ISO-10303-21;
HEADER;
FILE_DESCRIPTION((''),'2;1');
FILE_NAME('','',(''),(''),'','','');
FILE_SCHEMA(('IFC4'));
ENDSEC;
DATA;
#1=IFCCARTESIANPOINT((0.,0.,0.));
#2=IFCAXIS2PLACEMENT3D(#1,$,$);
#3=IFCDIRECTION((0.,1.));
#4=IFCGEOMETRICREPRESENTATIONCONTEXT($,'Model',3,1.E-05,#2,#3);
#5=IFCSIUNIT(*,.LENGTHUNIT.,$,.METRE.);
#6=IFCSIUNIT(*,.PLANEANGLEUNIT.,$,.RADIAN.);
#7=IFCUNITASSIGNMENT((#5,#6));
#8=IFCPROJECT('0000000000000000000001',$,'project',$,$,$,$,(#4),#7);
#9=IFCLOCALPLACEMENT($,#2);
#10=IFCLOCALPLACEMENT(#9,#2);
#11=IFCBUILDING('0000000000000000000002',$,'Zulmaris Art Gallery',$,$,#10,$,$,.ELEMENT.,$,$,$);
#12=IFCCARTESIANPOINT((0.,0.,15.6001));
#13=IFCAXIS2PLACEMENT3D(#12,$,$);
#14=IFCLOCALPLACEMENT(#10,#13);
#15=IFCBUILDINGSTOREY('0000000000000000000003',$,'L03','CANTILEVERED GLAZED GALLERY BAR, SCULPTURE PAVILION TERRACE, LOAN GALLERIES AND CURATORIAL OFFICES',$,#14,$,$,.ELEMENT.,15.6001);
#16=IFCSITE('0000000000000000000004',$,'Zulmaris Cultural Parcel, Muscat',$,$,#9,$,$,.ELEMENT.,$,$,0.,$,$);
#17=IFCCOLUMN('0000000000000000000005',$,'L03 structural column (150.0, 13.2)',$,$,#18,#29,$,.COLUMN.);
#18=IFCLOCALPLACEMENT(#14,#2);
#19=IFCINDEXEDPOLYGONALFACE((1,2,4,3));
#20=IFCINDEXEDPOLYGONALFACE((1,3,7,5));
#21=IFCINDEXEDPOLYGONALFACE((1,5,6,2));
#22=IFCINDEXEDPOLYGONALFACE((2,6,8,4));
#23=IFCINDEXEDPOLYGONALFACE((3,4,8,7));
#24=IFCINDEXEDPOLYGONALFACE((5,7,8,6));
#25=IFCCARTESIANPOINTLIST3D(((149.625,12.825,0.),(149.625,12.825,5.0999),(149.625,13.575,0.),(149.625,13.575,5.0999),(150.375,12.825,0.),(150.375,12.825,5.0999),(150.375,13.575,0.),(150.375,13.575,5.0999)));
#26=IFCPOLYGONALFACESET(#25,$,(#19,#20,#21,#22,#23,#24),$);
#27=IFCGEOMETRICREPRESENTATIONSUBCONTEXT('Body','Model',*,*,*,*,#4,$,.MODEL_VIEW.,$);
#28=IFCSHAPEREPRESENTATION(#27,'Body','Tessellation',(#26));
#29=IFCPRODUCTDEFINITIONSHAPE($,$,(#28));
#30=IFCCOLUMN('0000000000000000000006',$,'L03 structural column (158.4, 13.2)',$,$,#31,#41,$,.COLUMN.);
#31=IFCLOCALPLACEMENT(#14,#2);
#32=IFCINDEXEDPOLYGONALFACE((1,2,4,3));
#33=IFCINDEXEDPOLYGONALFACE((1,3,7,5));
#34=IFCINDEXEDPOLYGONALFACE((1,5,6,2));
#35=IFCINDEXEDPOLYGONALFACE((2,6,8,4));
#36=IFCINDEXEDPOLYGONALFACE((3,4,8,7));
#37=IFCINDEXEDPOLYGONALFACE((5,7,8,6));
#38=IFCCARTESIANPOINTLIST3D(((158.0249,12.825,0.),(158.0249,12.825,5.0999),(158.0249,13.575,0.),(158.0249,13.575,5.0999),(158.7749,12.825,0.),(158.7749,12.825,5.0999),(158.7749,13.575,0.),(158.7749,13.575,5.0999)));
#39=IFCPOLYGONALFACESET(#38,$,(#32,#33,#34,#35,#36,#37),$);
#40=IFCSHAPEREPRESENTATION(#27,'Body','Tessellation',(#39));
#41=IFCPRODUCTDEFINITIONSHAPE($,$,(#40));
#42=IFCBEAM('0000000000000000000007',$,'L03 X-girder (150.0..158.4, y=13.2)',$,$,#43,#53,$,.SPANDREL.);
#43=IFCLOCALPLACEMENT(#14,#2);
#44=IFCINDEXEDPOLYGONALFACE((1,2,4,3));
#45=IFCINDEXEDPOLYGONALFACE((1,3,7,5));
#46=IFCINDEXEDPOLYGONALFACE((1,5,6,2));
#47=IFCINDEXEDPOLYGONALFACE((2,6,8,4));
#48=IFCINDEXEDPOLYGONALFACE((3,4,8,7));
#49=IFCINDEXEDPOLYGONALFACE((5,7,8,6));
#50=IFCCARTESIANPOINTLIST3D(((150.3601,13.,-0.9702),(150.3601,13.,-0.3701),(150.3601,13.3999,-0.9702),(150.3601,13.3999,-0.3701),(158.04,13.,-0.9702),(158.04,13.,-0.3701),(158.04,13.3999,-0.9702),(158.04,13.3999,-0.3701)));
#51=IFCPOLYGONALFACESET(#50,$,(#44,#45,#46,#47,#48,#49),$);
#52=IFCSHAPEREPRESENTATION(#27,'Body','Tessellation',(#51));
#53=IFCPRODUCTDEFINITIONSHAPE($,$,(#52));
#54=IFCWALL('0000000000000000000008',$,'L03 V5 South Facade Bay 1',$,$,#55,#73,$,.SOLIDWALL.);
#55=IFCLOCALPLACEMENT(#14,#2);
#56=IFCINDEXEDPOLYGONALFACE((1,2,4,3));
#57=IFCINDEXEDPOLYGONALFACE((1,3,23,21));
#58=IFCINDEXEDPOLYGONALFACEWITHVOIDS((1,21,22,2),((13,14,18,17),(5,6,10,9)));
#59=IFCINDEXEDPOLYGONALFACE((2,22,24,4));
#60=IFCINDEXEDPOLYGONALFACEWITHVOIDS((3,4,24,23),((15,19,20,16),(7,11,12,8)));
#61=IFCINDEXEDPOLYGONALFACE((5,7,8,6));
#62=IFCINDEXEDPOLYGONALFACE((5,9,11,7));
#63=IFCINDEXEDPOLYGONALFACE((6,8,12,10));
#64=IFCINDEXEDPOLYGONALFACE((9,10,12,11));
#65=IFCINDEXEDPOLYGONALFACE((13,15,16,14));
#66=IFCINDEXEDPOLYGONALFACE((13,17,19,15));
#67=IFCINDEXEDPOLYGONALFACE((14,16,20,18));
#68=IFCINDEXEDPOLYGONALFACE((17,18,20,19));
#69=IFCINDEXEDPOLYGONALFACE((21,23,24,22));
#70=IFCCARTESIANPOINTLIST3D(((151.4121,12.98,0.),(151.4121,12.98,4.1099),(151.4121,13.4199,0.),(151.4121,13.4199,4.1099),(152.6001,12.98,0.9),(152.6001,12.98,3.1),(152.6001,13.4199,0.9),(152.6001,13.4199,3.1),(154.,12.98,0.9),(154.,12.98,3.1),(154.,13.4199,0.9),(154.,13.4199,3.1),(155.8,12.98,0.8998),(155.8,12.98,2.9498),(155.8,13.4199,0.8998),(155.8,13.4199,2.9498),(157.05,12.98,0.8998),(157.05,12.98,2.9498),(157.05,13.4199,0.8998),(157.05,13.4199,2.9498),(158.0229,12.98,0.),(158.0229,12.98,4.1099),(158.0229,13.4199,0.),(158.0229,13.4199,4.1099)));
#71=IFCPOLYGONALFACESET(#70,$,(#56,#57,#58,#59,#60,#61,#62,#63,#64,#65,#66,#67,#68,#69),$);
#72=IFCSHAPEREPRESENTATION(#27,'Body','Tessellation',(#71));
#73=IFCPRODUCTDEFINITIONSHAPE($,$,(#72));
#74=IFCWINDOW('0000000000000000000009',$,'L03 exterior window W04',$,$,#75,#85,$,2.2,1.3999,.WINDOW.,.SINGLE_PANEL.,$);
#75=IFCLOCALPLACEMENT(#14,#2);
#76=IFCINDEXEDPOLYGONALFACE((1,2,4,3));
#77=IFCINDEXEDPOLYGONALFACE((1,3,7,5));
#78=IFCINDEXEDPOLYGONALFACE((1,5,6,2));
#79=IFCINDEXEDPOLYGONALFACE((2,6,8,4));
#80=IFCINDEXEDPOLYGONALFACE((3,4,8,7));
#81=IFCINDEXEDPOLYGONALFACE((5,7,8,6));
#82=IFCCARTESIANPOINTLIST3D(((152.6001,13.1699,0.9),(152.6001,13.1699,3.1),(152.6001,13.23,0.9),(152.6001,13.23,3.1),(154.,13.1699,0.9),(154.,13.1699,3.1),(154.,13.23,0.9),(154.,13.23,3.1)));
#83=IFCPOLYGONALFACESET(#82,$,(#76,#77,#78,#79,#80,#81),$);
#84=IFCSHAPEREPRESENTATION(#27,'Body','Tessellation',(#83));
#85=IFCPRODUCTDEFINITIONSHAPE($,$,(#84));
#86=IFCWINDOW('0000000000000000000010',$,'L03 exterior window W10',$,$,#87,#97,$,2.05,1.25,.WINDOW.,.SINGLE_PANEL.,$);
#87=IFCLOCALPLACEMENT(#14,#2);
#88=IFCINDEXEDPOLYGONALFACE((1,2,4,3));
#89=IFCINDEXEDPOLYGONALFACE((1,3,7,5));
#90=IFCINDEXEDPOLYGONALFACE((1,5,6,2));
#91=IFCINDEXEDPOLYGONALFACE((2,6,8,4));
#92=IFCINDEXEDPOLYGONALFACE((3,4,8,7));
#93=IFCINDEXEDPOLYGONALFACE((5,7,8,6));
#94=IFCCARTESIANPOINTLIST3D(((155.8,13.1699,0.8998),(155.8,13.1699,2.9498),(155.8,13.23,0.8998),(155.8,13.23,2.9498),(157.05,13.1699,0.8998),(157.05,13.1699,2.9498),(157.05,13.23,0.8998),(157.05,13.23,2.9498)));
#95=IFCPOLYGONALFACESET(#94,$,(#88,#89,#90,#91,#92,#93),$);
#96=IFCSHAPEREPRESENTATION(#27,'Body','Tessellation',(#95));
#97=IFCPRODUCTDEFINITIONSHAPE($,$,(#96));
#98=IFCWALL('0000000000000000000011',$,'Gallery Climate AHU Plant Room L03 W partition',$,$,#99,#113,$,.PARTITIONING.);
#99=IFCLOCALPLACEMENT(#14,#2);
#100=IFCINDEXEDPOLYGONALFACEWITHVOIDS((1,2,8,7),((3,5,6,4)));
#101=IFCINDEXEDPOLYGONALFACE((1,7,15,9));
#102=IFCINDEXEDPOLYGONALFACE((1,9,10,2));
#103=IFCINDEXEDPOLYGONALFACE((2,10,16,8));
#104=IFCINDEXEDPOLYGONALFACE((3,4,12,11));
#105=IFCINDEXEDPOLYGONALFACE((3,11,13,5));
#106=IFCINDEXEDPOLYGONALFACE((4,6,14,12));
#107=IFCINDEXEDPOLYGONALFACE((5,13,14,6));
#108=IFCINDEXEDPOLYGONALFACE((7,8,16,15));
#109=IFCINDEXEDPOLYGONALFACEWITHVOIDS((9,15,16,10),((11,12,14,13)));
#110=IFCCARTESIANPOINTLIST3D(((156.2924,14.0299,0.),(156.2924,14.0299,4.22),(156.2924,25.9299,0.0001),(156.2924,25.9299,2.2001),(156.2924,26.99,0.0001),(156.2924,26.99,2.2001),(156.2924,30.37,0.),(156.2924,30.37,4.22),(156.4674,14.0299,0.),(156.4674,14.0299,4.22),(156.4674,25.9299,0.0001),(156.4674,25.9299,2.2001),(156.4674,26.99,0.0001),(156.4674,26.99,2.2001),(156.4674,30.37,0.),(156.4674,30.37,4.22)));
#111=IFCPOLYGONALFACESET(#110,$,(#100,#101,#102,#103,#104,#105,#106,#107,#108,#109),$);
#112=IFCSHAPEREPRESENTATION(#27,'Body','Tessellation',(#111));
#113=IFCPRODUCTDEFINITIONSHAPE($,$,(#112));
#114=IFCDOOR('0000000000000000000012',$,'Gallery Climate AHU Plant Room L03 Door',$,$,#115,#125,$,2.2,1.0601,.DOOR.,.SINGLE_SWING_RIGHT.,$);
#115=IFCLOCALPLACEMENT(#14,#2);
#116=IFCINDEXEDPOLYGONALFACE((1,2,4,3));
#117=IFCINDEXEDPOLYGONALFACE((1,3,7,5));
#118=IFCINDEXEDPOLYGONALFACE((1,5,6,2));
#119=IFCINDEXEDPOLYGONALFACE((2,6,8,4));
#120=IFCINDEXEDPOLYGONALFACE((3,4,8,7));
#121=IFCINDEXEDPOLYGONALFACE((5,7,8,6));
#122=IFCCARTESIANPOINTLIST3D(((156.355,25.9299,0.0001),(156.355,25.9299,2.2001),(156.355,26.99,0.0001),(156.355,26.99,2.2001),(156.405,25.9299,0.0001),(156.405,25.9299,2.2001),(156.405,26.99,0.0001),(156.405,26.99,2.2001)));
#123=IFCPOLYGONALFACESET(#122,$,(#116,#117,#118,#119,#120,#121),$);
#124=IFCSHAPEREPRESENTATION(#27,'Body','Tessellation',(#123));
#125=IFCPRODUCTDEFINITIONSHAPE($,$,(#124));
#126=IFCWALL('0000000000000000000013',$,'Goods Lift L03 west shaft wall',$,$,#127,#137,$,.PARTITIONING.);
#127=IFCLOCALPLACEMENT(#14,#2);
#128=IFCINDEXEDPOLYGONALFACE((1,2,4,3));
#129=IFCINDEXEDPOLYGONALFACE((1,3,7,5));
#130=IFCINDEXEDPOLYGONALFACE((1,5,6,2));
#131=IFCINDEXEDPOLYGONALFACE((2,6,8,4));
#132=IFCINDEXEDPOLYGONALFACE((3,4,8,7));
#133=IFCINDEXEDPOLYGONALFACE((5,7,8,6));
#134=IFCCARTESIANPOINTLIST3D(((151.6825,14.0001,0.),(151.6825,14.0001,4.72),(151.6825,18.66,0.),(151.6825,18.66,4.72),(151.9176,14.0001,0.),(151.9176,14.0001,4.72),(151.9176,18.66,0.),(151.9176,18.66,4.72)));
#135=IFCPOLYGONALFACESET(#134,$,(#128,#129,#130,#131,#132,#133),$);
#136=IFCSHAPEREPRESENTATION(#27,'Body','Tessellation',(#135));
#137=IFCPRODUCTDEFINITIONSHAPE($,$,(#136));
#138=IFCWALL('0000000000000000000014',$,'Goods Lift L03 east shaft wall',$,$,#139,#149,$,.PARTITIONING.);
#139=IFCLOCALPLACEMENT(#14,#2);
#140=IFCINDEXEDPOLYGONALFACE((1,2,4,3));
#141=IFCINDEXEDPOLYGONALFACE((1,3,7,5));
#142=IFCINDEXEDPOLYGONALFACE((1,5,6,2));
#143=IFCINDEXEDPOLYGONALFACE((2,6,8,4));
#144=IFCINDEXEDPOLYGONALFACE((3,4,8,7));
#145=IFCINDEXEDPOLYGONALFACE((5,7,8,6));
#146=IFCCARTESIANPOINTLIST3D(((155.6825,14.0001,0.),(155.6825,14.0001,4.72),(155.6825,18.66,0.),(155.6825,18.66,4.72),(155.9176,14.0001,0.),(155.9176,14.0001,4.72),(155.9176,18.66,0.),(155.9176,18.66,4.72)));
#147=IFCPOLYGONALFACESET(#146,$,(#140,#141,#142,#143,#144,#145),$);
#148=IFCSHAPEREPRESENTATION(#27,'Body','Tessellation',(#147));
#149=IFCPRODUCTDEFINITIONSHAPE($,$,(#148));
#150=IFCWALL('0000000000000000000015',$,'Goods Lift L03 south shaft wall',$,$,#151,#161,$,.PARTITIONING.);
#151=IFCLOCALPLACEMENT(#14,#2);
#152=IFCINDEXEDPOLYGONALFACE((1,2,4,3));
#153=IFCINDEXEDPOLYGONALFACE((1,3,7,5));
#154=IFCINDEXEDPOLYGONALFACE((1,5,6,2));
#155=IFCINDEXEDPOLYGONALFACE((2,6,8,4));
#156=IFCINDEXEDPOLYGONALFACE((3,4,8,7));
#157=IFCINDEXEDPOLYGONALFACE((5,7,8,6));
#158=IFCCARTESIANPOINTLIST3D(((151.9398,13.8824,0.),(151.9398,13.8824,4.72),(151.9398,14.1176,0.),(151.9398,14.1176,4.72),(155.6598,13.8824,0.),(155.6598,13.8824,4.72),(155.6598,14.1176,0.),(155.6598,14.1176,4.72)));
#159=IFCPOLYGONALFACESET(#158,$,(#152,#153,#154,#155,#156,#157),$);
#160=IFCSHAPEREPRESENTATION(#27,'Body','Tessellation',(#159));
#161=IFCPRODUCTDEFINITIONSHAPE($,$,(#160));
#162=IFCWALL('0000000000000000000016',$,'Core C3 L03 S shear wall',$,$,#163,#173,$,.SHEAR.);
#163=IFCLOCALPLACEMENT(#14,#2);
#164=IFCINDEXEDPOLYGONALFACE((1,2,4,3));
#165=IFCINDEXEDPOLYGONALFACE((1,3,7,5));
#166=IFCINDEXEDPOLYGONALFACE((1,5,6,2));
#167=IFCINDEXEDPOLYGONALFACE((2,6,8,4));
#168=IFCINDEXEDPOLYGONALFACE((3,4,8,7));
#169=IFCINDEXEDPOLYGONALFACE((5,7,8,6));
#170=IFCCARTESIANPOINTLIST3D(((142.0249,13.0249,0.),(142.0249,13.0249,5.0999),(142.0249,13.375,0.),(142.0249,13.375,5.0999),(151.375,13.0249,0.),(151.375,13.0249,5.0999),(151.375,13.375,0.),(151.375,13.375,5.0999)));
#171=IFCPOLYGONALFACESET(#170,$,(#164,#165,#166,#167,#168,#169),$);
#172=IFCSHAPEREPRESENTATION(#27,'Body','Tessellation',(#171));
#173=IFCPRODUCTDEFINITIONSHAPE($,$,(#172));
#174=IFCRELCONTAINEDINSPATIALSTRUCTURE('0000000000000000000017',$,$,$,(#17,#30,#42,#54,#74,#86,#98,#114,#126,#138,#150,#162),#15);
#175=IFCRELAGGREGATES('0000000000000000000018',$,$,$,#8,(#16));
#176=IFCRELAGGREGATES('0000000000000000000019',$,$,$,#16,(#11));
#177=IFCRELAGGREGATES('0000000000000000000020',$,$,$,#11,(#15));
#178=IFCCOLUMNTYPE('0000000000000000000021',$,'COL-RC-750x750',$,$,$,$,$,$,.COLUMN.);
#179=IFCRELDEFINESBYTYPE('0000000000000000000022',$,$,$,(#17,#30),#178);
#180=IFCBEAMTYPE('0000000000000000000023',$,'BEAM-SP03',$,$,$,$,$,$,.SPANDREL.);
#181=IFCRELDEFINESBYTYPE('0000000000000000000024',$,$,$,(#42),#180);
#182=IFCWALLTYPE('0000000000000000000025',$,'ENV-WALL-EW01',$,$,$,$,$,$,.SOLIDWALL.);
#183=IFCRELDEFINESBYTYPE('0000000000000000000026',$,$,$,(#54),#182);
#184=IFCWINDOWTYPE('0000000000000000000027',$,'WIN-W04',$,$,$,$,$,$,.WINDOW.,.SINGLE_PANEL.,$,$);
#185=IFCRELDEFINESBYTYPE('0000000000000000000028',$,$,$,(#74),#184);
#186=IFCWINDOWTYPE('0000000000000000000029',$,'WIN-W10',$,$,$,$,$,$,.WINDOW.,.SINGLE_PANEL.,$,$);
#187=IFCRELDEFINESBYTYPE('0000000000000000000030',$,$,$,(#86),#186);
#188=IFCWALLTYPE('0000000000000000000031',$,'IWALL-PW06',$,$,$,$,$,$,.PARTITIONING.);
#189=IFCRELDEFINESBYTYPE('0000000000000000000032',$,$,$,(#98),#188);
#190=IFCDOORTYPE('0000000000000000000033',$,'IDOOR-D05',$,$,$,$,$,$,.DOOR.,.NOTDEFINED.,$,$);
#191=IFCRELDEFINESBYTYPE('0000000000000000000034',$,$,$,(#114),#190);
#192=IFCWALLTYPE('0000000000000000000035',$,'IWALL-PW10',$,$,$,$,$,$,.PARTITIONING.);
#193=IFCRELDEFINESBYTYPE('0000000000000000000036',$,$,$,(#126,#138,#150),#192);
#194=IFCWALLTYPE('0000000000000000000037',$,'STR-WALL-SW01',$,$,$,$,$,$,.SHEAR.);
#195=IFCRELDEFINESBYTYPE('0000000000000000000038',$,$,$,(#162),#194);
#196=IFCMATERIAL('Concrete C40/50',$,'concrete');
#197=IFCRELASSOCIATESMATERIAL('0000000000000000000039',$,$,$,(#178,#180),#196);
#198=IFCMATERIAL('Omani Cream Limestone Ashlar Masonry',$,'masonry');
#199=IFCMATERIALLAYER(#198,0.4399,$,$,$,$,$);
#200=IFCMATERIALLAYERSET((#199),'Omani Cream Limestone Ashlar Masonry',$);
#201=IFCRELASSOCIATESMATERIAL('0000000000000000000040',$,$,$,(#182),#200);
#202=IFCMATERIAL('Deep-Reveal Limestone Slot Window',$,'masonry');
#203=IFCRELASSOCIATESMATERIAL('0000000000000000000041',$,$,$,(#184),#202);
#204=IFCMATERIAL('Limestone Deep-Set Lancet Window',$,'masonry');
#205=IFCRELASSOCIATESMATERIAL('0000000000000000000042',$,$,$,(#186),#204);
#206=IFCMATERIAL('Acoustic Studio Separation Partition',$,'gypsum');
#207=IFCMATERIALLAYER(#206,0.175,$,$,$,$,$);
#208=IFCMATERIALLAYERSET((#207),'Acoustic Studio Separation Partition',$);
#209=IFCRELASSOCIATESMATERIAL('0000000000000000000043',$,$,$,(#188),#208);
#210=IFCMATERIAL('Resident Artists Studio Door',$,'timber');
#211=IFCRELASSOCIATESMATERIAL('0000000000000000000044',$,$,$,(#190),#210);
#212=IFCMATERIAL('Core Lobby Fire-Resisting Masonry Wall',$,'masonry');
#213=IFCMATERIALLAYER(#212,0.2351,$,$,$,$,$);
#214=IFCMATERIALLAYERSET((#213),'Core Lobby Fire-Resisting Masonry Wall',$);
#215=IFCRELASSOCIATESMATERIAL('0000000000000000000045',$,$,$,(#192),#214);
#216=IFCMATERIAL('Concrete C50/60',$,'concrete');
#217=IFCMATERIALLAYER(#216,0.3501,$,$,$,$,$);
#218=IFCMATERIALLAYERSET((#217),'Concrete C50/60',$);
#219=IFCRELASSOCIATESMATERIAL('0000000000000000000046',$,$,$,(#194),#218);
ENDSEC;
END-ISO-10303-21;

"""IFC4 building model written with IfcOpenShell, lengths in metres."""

from ifc_helpers import new_model, si_unit, direction, frame, frame_2d, origin, origin_2d, place, context, subcontext, project, spatial, rectangle, extrude, material, layer, layer_set, material_profile, profile_set, type_object, element, fill, save


model = new_model("IFC4")

# Units and contexts
model_context = context("Model", 3, precision=1e-05, world=origin(), true_north=direction((0.0, 1.0)))
body_context = subcontext(model_context, "Body", "Model", "MODEL_VIEW")
ifc_project = project(units=[si_unit("LENGTHUNIT", "METRE"), si_unit("PLANEANGLEUNIT", "RADIAN")], contexts=[model_context])

# Site, building, storey
site_placement = place(None, origin())
site = spatial("IfcSite", under=ifc_project, at=site_placement, Name="Zulmaris Cultural Parcel, Muscat", CompositionType="ELEMENT", RefElevation=0.0)
building_placement = place(site_placement, origin())
building = spatial("IfcBuilding", under=site, at=building_placement, Name="Zulmaris Art Gallery", CompositionType="ELEMENT")
storey_placement = place(building_placement, frame((0.0, 0.0, 15.6001)))
storey = spatial("IfcBuildingStorey", under=building, at=storey_placement, Name="L03", Description="CANTILEVERED GLAZED GALLERY BAR, SCULPTURE PAVILION TERRACE, LOAN GALLERIES AND CURATORIAL OFFICES", CompositionType="ELEMENT", Elevation=15.6001)

# Columns
ifc_material_1 = material(Name="Concrete C40/50", Category="concrete")
ifc_material_profile_1 = material_profile(ifc_material_1, rectangle(XDim=0.75, YDim=0.75, at=origin_2d()), Name="RC 750x750")
ifc_profile_set_1 = profile_set([ifc_material_profile_1], Name="Concrete C40/50")
column_type = type_object("IfcColumnType", Name="COL-RC-750x750", PredefinedType="COLUMN", material=ifc_profile_set_1)
for number, where, z_axis, x_axis, name in (
    (1, (150.0, 13.2, 0.0), (0.0, 0.0, 1.0), (1.0, 0.0, 0.0), "L03 structural column (150.0, 13.2)"),
    (2, (158.3999, 13.2, 0.0), (0.0, 0.0, 1.0), (1.0, 0.0, 0.0), "L03 structural column (158.4, 13.2)"),
):
    element("IfcColumn", number, at=place(storey_placement, frame(where, z_axis=z_axis, x_axis=x_axis)), inside=storey, type_object=column_type, Name=name, PredefinedType="COLUMN", context=body_context, shape_type="SweptSolid", body=[
        extrude(rectangle(XDim=0.75, YDim=0.75, at=origin_2d()), origin(), (0.0, 0.0, 1.0), 5.0999),
    ])

# Beam
ifc_material_profile_2 = material_profile(ifc_material_1, rectangle(XDim=0.3999, YDim=0.6001, at=origin_2d()), Name="RC 400x600")
ifc_profile_set_2 = profile_set([ifc_material_profile_2], Name="Concrete C40/50")
beam_type = type_object("IfcBeamType", Name="BEAM-SP03", PredefinedType="SPANDREL", material=ifc_profile_set_2)
beam_placement = place(storey_placement, frame((150.3601, 13.2, -0.6702), z_axis=(1.0, 0.0, 0.0), x_axis=(0.0, 1.0, 0.0)))
element("IfcBeam", 3, at=beam_placement, inside=storey, type_object=beam_type, Name="L03 X-girder (150.0..158.4, y=13.2)", PredefinedType="SPANDREL", context=body_context, shape_type="SweptSolid", body=[
    extrude(rectangle(XDim=0.3999, YDim=0.6001, at=origin_2d()), origin(), (0.0, 0.0, 1.0), 7.6799),
])

# Wall, openings, windows
ifc_material_2 = material(Name="Omani Cream Limestone Ashlar Masonry", Category="masonry")
ifc_layer_1 = layer(ifc_material_2, 0.4399)
ifc_layer_set_1 = layer_set([ifc_layer_1], Name="Omani Cream Limestone Ashlar Masonry")
wall_type_1 = type_object("IfcWallType", Name="ENV-WALL-EW01", PredefinedType="SOLIDWALL", material=ifc_layer_set_1)
wall_1_placement = place(storey_placement, frame((151.4121, 13.2, 0.0), z_axis=(0.0, 0.0, 1.0), x_axis=(1.0, 0.0, 0.0)))
wall_1 = element("IfcWall", 4, at=wall_1_placement, inside=storey, type_object=wall_type_1, Name="L03 V5 South Facade Bay 1", PredefinedType="SOLIDWALL", context=body_context, shape_type="SweptSolid", body=[
    extrude(rectangle(XDim=6.6108, YDim=0.4399, at=frame_2d((3.3054, 0.0))), origin(), (0.0, 0.0, 1.0), 4.1099),
])
opening_1_placement = place(wall_1_placement, frame((1.188, 0.0, 0.8999)))
opening_1 = element("IfcOpeningElement", 5, at=opening_1_placement, cuts=wall_1, PredefinedType="OPENING", context=body_context, shape_type="SweptSolid", body=[
    extrude(rectangle(XDim=1.3999, YDim=2.2, at=frame_2d((0.7, 1.1001))), frame((0.0, 0.23, 0.0), z_axis=(0.0, -1.0, 0.0), x_axis=(1.0, 0.0, 0.0)), (0.0, 0.0, 1.0), 0.46),
])
opening_2_placement = place(wall_1_placement, frame((4.3879, 0.0, 0.8999)))
opening_2 = element("IfcOpeningElement", 6, at=opening_2_placement, cuts=wall_1, PredefinedType="OPENING", context=body_context, shape_type="SweptSolid", body=[
    extrude(rectangle(XDim=1.25, YDim=2.05, at=frame_2d((0.625, 1.0249))), frame((0.0, 0.23, 0.0), z_axis=(0.0, -1.0, 0.0), x_axis=(1.0, 0.0, 0.0)), (0.0, 0.0, 1.0), 0.46),
])
ifc_material_3 = material(Name="Deep-Reveal Limestone Slot Window", Category="masonry")
window_type_1 = type_object("IfcWindowType", Name="WIN-W04", PartitioningType="SINGLE_PANEL", PredefinedType="WINDOW", material=ifc_material_3)
window_1_placement = place(opening_1_placement, origin())
window_1 = element("IfcWindow", 7, at=window_1_placement, inside=storey, type_object=window_type_1, Name="L03 exterior window W04", OverallHeight=2.2, OverallWidth=1.3999, PartitioningType="SINGLE_PANEL", PredefinedType="WINDOW", context=body_context, shape_type="SweptSolid", body=[
    extrude(rectangle(XDim=1.3999, YDim=2.2, at=frame_2d((0.7, 1.1001))), frame((0.0, 0.03, 0.0), z_axis=(0.0, -1.0, 0.0), x_axis=(1.0, 0.0, 0.0)), (0.0, 0.0, 1.0), 0.0601),
])
fill(opening_1, window_1)
ifc_material_4 = material(Name="Limestone Deep-Set Lancet Window", Category="masonry")
window_type_2 = type_object("IfcWindowType", Name="WIN-W10", PartitioningType="SINGLE_PANEL", PredefinedType="WINDOW", material=ifc_material_4)
window_2_placement = place(opening_2_placement, origin())
window_2 = element("IfcWindow", 8, at=window_2_placement, inside=storey, type_object=window_type_2, Name="L03 exterior window W10", OverallHeight=2.05, OverallWidth=1.25, PartitioningType="SINGLE_PANEL", PredefinedType="WINDOW", context=body_context, shape_type="SweptSolid", body=[
    extrude(rectangle(XDim=1.25, YDim=2.05, at=frame_2d((0.625, 1.0249))), frame((0.0, 0.03, 0.0), z_axis=(0.0, -1.0, 0.0), x_axis=(1.0, 0.0, 0.0)), (0.0, 0.0, 1.0), 0.0601),
])
fill(opening_2, window_2)

# Wall, opening, door
ifc_material_5 = material(Name="Acoustic Studio Separation Partition", Category="gypsum")
ifc_layer_2 = layer(ifc_material_5, 0.175)
ifc_layer_set_2 = layer_set([ifc_layer_2], Name="Acoustic Studio Separation Partition")
wall_type_2 = type_object("IfcWallType", Name="IWALL-PW06", PredefinedType="PARTITIONING", material=ifc_layer_set_2)
wall_2_placement = place(storey_placement, frame((156.3799, 14.03, 0.0), z_axis=(0.0, 0.0, 1.0), x_axis=(0.0, 1.0, 0.0)))
wall_2 = element("IfcWall", 9, at=wall_2_placement, inside=storey, type_object=wall_type_2, Name="Gallery Climate AHU Plant Room L03 W partition", PredefinedType="PARTITIONING", context=body_context, shape_type="SweptSolid", body=[
    extrude(rectangle(XDim=16.3401, YDim=0.175, at=frame_2d((8.1699, 0.0))), origin(), (0.0, 0.0, 1.0), 4.22),
])
opening_3_placement = place(wall_2_placement, frame((11.8999, 0.0, 0.0)))
opening_3 = element("IfcOpeningElement", 10, at=opening_3_placement, cuts=wall_2, PredefinedType="OPENING", context=body_context, shape_type="SweptSolid", body=[
    extrude(rectangle(XDim=1.0601, YDim=2.2, at=frame_2d((0.53, 1.1001))), frame((0.0, 0.0974, 0.0), z_axis=(0.0, -1.0, 0.0), x_axis=(1.0, 0.0, 0.0)), (0.0, 0.0, 1.0), 0.1951),
])
ifc_material_6 = material(Name="Resident Artists Studio Door", Category="timber")
door_type = type_object("IfcDoorType", Name="IDOOR-D05", OperationType="NOTDEFINED", PredefinedType="DOOR", material=ifc_material_6)
door_placement = place(opening_3_placement, origin())
door = element("IfcDoor", 11, at=door_placement, inside=storey, type_object=door_type, Name="Gallery Climate AHU Plant Room L03 Door", OperationType="SINGLE_SWING_RIGHT", OverallHeight=2.2, OverallWidth=1.0601, PredefinedType="DOOR", context=body_context, shape_type="SweptSolid", body=[
    extrude(rectangle(XDim=1.0601, YDim=2.2, at=frame_2d((0.53, 1.1001))), frame((0.0, 0.0249, 0.0), z_axis=(0.0, -1.0, 0.0), x_axis=(1.0, 0.0, 0.0)), (0.0, 0.0, 1.0), 0.05),
])
fill(opening_3, door)

# Walls
ifc_material_7 = material(Name="Core Lobby Fire-Resisting Masonry Wall", Category="masonry")
ifc_layer_3 = layer(ifc_material_7, 0.2351)
ifc_layer_set_3 = layer_set([ifc_layer_3], Name="Core Lobby Fire-Resisting Masonry Wall")
wall_type_3 = type_object("IfcWallType", Name="IWALL-PW10", PredefinedType="PARTITIONING", material=ifc_layer_set_3)
for number, where, z_axis, x_axis, name in (
    (12, (151.8, 14.0, 0.0), (0.0, 0.0, 1.0), (0.0, 1.0, 0.0), "Goods Lift L03 west shaft wall"),
    (13, (155.8, 14.0, 0.0), (0.0, 0.0, 1.0), (0.0, 1.0, 0.0), "Goods Lift L03 east shaft wall"),
):
    element("IfcWall", number, at=place(storey_placement, frame(where, z_axis=z_axis, x_axis=x_axis)), inside=storey, type_object=wall_type_3, Name=name, PredefinedType="PARTITIONING", context=body_context, shape_type="SweptSolid", body=[
        extrude(rectangle(XDim=4.6599, YDim=0.2351, at=frame_2d((2.3301, 0.0))), origin(), (0.0, 0.0, 1.0), 4.72),
    ])
wall_3_placement = place(storey_placement, frame((151.9399, 14.0, 0.0), z_axis=(0.0, 0.0, 1.0), x_axis=(1.0, 0.0, 0.0)))
element("IfcWall", 14, at=wall_3_placement, inside=storey, type_object=wall_type_3, Name="Goods Lift L03 south shaft wall", PredefinedType="PARTITIONING", context=body_context, shape_type="SweptSolid", body=[
    extrude(rectangle(XDim=3.72, YDim=0.2351, at=frame_2d((1.8599, 0.0))), origin(), (0.0, 0.0, 1.0), 4.72),
])
ifc_material_8 = material(Name="Concrete C50/60", Category="concrete")
ifc_layer_4 = layer(ifc_material_8, 0.3501)
ifc_layer_set_4 = layer_set([ifc_layer_4], Name="Concrete C50/60")
wall_type_4 = type_object("IfcWallType", Name="STR-WALL-SW01", PredefinedType="SHEAR", material=ifc_layer_set_4)
wall_4_placement = place(storey_placement, frame((151.375, 13.2, 0.0), z_axis=(0.0, 0.0, 1.0), x_axis=(-1.0, 0.0, 0.0)))
element("IfcWall", 15, at=wall_4_placement, inside=storey, type_object=wall_type_4, Name="Core C3 L03 S shear wall", PredefinedType="SHEAR", context=body_context, shape_type="SweptSolid", body=[
    extrude(rectangle(XDim=9.3501, YDim=0.3501, at=frame_2d((4.675, 0.0))), origin(), (0.0, 0.0, 1.0), 5.0999),
])

save(model, "model.ifc")
